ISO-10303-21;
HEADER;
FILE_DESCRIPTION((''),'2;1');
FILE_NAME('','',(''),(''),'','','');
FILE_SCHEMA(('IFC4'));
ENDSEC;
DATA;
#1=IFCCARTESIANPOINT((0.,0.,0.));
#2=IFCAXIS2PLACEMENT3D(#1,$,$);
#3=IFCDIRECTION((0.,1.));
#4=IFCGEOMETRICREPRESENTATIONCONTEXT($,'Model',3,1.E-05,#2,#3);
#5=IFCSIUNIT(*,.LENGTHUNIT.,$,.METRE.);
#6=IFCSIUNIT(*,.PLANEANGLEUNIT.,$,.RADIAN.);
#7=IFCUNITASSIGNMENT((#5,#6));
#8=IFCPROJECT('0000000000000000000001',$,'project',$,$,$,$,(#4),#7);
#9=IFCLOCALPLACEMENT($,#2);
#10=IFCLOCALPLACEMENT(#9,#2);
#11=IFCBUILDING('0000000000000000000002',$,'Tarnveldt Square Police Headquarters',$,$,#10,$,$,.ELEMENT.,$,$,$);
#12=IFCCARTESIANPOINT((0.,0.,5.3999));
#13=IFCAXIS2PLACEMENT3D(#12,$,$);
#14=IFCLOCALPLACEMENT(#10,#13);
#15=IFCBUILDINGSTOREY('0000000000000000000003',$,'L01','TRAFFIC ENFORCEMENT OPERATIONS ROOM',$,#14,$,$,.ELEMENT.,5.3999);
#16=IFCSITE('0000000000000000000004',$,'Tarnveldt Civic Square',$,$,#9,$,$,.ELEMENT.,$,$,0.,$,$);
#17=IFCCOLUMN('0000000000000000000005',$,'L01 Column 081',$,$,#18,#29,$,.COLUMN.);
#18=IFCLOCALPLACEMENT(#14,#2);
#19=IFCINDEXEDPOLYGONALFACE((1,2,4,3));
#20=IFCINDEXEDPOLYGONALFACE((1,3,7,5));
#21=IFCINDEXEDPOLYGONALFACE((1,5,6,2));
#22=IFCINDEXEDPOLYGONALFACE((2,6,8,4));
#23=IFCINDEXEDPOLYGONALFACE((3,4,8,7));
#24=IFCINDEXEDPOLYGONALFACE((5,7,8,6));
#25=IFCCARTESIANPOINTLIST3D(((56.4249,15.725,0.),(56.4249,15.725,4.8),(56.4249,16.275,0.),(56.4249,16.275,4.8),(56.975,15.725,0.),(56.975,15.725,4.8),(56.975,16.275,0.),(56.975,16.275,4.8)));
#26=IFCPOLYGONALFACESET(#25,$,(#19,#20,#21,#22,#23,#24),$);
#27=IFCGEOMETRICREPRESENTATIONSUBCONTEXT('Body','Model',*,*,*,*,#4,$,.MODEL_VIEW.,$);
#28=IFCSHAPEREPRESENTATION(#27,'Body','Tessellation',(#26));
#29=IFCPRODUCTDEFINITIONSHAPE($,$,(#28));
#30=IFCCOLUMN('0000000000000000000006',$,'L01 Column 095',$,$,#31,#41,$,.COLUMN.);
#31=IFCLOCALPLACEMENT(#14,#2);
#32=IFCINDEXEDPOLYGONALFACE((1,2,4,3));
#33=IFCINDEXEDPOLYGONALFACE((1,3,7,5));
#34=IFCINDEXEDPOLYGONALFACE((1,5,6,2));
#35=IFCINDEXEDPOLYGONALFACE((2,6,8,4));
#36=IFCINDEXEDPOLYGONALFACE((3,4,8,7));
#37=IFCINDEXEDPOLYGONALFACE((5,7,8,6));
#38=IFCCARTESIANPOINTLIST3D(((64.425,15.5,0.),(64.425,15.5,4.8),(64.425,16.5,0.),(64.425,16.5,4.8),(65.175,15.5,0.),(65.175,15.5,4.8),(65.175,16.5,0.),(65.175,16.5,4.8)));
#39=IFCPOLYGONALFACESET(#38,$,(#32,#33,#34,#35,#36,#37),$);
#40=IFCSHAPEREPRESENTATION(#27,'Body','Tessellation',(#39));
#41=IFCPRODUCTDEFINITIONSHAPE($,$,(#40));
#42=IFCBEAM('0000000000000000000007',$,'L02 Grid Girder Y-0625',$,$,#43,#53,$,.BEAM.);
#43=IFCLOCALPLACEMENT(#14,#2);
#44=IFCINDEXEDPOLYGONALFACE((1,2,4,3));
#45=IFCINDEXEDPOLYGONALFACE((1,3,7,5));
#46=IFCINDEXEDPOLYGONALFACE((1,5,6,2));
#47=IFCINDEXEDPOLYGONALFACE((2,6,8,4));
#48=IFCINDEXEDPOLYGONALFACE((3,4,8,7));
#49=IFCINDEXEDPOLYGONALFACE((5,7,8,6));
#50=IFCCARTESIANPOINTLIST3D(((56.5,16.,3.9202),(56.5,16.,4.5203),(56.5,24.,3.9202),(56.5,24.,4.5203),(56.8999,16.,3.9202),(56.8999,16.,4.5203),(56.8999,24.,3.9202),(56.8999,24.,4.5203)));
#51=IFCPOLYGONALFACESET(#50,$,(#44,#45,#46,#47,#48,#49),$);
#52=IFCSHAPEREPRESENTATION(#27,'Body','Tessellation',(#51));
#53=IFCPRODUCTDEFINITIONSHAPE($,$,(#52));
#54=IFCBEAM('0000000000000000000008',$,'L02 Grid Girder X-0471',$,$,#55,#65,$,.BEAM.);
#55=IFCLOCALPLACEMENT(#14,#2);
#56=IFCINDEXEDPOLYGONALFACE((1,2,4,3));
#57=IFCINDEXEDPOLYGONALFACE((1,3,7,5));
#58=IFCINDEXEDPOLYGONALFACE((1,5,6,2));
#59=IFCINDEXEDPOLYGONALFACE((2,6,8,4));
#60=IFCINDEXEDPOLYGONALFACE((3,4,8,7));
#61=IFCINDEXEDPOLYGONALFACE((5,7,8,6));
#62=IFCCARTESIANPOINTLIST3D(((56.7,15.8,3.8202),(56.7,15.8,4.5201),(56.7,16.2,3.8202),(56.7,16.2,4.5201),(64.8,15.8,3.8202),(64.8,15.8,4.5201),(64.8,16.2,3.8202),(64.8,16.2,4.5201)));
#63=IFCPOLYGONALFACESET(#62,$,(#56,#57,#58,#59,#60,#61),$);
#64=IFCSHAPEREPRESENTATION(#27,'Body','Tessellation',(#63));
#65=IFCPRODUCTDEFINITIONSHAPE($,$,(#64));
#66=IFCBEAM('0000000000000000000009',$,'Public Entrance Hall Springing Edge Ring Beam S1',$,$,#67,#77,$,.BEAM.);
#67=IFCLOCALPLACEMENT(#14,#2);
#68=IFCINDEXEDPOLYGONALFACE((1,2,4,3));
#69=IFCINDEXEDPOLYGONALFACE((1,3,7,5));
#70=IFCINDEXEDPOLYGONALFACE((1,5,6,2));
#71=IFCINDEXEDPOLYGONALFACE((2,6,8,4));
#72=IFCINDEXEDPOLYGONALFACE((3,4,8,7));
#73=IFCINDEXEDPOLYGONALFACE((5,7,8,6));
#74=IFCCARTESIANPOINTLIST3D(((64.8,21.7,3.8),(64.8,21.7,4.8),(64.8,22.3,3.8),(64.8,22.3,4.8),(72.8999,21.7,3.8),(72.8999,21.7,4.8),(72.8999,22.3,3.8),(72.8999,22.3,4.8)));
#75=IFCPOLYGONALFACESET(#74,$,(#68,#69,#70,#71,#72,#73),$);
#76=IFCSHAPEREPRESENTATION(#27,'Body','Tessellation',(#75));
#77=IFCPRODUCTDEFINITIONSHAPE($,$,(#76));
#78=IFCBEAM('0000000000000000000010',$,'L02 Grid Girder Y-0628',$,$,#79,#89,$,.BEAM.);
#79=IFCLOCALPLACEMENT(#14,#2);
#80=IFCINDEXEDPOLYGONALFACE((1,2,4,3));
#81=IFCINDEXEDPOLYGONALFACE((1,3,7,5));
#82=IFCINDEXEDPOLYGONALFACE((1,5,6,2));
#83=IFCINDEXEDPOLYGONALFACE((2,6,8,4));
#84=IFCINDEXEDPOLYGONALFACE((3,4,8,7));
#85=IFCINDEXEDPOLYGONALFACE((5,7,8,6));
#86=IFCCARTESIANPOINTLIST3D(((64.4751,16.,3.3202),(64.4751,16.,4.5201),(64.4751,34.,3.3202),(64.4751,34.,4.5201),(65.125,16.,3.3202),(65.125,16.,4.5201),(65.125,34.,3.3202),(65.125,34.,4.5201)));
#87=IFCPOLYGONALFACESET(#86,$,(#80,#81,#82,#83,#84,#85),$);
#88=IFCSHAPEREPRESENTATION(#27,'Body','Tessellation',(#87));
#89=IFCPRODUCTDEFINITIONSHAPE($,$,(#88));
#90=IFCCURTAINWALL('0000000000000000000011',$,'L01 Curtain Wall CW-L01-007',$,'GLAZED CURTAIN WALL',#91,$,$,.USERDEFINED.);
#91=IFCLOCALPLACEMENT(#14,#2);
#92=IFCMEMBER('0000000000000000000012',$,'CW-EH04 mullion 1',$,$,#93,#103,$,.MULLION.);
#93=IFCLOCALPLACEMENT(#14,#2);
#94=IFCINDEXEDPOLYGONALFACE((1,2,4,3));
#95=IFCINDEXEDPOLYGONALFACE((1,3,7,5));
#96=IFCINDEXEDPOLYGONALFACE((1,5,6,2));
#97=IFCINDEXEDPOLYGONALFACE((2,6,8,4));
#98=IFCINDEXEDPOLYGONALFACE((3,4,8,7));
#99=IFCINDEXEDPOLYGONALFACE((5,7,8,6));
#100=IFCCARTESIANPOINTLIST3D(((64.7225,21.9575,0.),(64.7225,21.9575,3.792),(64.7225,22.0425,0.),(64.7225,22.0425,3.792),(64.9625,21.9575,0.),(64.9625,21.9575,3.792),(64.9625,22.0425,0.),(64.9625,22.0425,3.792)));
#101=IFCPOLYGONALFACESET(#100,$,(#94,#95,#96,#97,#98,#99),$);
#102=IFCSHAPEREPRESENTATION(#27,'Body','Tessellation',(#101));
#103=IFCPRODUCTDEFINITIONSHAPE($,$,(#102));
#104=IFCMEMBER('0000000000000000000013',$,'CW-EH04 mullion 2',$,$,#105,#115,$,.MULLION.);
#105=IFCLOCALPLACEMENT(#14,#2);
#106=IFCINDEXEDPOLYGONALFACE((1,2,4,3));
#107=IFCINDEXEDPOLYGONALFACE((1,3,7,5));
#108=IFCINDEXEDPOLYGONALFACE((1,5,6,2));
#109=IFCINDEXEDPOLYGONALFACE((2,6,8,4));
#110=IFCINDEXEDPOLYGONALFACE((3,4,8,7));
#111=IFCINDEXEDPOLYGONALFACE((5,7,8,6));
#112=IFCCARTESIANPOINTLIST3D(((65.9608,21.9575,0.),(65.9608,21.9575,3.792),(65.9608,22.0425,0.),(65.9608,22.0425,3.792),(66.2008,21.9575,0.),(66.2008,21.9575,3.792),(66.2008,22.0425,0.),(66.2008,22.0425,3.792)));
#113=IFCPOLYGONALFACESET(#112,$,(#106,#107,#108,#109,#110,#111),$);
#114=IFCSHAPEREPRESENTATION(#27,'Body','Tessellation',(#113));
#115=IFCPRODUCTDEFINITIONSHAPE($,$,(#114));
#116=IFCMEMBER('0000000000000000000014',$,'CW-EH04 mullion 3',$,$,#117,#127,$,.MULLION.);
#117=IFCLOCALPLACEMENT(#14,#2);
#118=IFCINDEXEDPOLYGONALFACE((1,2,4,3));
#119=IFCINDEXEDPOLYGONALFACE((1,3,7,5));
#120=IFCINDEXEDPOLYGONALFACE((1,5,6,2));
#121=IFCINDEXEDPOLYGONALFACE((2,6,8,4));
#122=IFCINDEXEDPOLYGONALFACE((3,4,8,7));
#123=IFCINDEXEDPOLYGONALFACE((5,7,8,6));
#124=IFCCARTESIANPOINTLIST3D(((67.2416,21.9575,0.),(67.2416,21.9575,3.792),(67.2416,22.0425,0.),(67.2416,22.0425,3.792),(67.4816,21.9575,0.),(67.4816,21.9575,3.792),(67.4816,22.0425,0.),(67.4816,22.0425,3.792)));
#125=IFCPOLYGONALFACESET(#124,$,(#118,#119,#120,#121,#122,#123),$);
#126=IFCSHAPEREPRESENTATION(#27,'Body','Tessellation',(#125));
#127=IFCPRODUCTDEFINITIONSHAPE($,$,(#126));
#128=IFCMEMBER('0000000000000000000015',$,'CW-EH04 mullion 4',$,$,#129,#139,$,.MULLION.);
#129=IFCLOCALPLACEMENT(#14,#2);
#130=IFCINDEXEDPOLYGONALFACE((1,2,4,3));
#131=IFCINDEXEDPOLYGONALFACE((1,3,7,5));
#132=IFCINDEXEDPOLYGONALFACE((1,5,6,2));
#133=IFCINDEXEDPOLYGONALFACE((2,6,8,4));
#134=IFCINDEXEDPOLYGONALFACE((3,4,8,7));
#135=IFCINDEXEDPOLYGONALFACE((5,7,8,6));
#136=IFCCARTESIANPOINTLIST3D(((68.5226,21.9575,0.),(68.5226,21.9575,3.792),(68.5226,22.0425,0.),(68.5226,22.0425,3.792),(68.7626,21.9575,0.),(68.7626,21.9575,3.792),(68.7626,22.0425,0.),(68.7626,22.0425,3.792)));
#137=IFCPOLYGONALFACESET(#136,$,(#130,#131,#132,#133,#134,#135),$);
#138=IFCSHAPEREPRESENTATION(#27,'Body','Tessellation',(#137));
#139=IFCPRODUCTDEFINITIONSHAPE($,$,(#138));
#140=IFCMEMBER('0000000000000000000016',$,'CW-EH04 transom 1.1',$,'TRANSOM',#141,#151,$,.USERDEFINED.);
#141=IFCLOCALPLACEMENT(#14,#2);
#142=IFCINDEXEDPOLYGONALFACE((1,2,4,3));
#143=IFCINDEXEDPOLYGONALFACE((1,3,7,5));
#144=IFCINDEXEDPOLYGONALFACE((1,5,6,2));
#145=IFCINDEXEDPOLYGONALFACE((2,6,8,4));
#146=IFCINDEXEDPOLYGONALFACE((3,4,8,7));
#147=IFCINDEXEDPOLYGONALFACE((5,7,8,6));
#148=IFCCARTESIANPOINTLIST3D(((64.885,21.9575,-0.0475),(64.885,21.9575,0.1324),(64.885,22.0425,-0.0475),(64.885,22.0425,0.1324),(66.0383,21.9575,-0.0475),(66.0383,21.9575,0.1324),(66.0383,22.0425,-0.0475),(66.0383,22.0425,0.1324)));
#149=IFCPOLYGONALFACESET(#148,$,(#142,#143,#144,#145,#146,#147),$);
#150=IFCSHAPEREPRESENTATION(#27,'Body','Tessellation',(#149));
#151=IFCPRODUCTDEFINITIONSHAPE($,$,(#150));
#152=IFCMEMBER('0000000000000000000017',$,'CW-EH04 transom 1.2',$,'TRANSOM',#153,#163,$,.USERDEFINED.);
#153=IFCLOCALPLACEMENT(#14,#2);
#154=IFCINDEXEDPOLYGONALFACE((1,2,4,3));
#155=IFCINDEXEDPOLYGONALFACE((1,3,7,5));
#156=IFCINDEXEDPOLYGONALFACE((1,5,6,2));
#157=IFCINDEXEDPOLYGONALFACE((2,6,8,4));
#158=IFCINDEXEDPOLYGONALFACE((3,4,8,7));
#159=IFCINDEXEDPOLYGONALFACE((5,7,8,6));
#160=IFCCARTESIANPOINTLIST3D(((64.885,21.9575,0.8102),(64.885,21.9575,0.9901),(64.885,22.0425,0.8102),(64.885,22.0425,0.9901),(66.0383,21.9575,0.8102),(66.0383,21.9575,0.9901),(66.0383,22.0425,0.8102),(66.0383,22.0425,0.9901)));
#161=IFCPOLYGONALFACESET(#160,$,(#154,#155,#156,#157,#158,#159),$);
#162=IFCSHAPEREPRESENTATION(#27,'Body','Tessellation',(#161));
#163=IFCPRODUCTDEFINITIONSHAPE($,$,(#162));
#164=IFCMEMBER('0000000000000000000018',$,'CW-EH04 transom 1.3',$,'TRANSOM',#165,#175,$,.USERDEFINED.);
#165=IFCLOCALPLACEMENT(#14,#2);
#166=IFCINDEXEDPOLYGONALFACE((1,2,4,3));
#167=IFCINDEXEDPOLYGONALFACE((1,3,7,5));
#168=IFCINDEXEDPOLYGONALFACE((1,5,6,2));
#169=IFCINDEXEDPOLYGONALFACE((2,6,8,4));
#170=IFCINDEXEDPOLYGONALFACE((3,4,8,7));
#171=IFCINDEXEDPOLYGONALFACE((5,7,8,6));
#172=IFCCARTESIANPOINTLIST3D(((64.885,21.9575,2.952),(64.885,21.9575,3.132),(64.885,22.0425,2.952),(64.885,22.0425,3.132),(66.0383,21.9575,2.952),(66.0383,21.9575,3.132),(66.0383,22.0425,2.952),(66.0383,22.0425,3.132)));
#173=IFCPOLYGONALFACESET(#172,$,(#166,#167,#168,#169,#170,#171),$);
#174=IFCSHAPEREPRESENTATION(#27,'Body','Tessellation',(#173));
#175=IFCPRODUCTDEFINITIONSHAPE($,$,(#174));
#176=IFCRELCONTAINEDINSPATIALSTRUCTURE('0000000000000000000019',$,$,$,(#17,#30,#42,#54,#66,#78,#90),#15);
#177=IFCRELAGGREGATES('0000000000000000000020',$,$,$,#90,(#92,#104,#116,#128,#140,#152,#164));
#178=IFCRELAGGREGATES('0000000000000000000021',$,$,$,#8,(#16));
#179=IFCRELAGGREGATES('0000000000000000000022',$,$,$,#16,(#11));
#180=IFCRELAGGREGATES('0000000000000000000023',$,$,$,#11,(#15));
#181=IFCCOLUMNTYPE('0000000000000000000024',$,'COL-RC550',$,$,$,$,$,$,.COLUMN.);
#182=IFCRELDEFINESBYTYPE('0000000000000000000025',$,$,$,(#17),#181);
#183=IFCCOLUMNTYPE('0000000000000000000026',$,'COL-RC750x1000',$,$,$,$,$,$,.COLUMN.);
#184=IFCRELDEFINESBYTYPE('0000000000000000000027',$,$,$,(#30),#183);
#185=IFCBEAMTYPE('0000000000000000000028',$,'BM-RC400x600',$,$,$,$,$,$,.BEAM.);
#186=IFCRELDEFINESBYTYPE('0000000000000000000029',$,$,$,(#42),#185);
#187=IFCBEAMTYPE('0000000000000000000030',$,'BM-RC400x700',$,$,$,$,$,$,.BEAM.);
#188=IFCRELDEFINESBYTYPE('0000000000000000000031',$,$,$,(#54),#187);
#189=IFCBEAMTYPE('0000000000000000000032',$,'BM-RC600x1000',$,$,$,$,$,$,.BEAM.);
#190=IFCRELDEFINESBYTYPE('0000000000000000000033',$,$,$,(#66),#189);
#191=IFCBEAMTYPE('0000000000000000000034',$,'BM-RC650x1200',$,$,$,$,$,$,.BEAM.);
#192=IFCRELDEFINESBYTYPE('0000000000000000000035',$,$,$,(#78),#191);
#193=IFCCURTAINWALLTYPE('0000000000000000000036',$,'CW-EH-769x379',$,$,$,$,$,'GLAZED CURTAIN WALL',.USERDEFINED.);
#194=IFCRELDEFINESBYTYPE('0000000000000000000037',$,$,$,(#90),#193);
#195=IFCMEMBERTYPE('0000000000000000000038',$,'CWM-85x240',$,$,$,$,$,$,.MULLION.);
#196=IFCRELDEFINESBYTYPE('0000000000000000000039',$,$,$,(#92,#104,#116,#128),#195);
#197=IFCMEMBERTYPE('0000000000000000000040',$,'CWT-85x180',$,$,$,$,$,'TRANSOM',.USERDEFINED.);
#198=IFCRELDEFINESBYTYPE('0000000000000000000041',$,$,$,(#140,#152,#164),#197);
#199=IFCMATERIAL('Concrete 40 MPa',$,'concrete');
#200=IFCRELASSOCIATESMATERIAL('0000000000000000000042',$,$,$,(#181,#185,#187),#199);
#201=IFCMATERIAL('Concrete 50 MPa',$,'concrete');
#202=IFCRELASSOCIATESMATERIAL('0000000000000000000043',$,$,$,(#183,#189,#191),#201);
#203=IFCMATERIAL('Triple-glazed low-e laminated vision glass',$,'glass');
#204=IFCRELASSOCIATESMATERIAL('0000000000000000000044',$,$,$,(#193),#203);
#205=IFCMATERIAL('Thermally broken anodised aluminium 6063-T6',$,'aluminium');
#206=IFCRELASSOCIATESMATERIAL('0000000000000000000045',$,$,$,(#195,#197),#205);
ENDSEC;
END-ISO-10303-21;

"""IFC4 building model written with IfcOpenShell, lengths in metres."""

from ifc_helpers import new_model, si_unit, direction, frame, origin, origin_2d, place, context, subcontext, project, spatial, rectangle, extrude, material, material_profile, profile_set, type_object, element, aggregate, save


model = new_model("IFC4")

# Units and contexts
model_context = context("Model", 3, precision=1e-05, world=origin(), true_north=direction((0.0, 1.0)))
body_context = subcontext(model_context, "Body", "Model", "MODEL_VIEW")
ifc_project = project(units=[si_unit("LENGTHUNIT", "METRE"), si_unit("PLANEANGLEUNIT", "RADIAN")], contexts=[model_context])

# Site, building, storey
site_placement = place(None, origin())
site = spatial("IfcSite", under=ifc_project, at=site_placement, Name="Tarnveldt Civic Square", CompositionType="ELEMENT", RefElevation=0.0)
building_placement = place(site_placement, origin())
building = spatial("IfcBuilding", under=site, at=building_placement, Name="Tarnveldt Square Police Headquarters", CompositionType="ELEMENT")
storey_placement = place(building_placement, frame((0.0, 0.0, 5.3999)))
storey = spatial("IfcBuildingStorey", under=building, at=storey_placement, Name="L01", Description="TRAFFIC ENFORCEMENT OPERATIONS ROOM", CompositionType="ELEMENT", Elevation=5.3999)

# Columns
ifc_material_1 = material(Name="Concrete 40 MPa", Category="concrete")
ifc_material_profile_1 = material_profile(ifc_material_1, rectangle(XDim=0.55, YDim=0.55, at=origin_2d()), Name="RC-C550x550")
ifc_profile_set_1 = profile_set([ifc_material_profile_1], Name="Concrete 40 MPa")
column_type_1 = type_object("IfcColumnType", Name="COL-RC550", PredefinedType="COLUMN", material=ifc_profile_set_1)
column_1_placement = place(storey_placement, frame((56.7, 16.0, 0.0), z_axis=(0.0, 0.0, 1.0), x_axis=(1.0, 0.0, 0.0)))
element("IfcColumn", 1, at=column_1_placement, inside=storey, type_object=column_type_1, Name="L01 Column 081", PredefinedType="COLUMN", context=body_context, shape_type="SweptSolid", body=[
    extrude(rectangle(XDim=0.55, YDim=0.55, at=origin_2d()), origin(), (0.0, 0.0, 1.0), 4.8),
])
ifc_material_2 = material(Name="Concrete 50 MPa", Category="concrete")
ifc_material_profile_2 = material_profile(ifc_material_2, rectangle(XDim=0.75, YDim=1.0, at=origin_2d()), Name="RC-C750x1000")
ifc_profile_set_2 = profile_set([ifc_material_profile_2], Name="Concrete 50 MPa")
column_type_2 = type_object("IfcColumnType", Name="COL-RC750x1000", PredefinedType="COLUMN", material=ifc_profile_set_2)
column_2_placement = place(storey_placement, frame((64.8, 16.0, 0.0), z_axis=(0.0, 0.0, 1.0), x_axis=(1.0, 0.0, 0.0)))
element("IfcColumn", 2, at=column_2_placement, inside=storey, type_object=column_type_2, Name="L01 Column 095", PredefinedType="COLUMN", context=body_context, shape_type="SweptSolid", body=[
    extrude(rectangle(XDim=0.75, YDim=1.0, at=origin_2d()), origin(), (0.0, 0.0, 1.0), 4.8),
])

# Beams
ifc_material_profile_3 = material_profile(ifc_material_1, rectangle(XDim=0.3999, YDim=0.6001, at=origin_2d()), Name="RC-B400x600")
ifc_profile_set_3 = profile_set([ifc_material_profile_3], Name="Concrete 40 MPa")
beam_type_1 = type_object("IfcBeamType", Name="BM-RC400x600", PredefinedType="BEAM", material=ifc_profile_set_3)
beam_1_placement = place(storey_placement, frame((56.7, 16.0, 4.2202), z_axis=(0.0, 1.0, 0.0), x_axis=(-1.0, 0.0, 0.0)))
element("IfcBeam", 3, at=beam_1_placement, inside=storey, type_object=beam_type_1, Name="L02 Grid Girder Y-0625", PredefinedType="BEAM", context=body_context, shape_type="SweptSolid", body=[
    extrude(rectangle(XDim=0.3999, YDim=0.6001, at=origin_2d()), origin(), (0.0, 0.0, 1.0), 8.0),
])
ifc_material_profile_4 = material_profile(ifc_material_1, rectangle(XDim=0.3999, YDim=0.7, at=origin_2d()), Name="RC-B400x700")
ifc_profile_set_4 = profile_set([ifc_material_profile_4], Name="Concrete 40 MPa")
beam_type_2 = type_object("IfcBeamType", Name="BM-RC400x700", PredefinedType="BEAM", material=ifc_profile_set_4)
beam_2_placement = place(storey_placement, frame((56.7, 16.0, 4.1702), z_axis=(1.0, 0.0, 0.0), x_axis=(0.0, 1.0, 0.0)))
element("IfcBeam", 4, at=beam_2_placement, inside=storey, type_object=beam_type_2, Name="L02 Grid Girder X-0471", PredefinedType="BEAM", context=body_context, shape_type="SweptSolid", body=[
    extrude(rectangle(XDim=0.3999, YDim=0.7, at=origin_2d()), origin(), (0.0, 0.0, 1.0), 8.1001),
])
ifc_material_profile_5 = material_profile(ifc_material_2, rectangle(XDim=0.6001, YDim=1.0, at=origin_2d()), Name="RC-B600x1000")
ifc_profile_set_5 = profile_set([ifc_material_profile_5], Name="Concrete 50 MPa")
beam_type_3 = type_object("IfcBeamType", Name="BM-RC600x1000", PredefinedType="BEAM", material=ifc_profile_set_5)
beam_3_placement = place(storey_placement, frame((64.8, 22.0, 4.3), z_axis=(1.0, 0.0, 0.0), x_axis=(0.0, 1.0, 0.0)))
element("IfcBeam", 5, at=beam_3_placement, inside=storey, type_object=beam_type_3, Name="Public Entrance Hall Springing Edge Ring Beam S1", PredefinedType="BEAM", context=body_context, shape_type="SweptSolid", body=[
    extrude(rectangle(XDim=0.6001, YDim=1.0, at=origin_2d()), origin(), (0.0, 0.0, 1.0), 8.0999),
])
ifc_material_profile_6 = material_profile(ifc_material_2, rectangle(XDim=0.6499, YDim=1.2, at=origin_2d()), Name="RC-B650x1200")
ifc_profile_set_6 = profile_set([ifc_material_profile_6], Name="Concrete 50 MPa")
beam_type_4 = type_object("IfcBeamType", Name="BM-RC650x1200", PredefinedType="BEAM", material=ifc_profile_set_6)
beam_4_placement = place(storey_placement, frame((64.8, 16.0, 3.9202), z_axis=(0.0, 1.0, 0.0), x_axis=(-1.0, 0.0, 0.0)))
element("IfcBeam", 6, at=beam_4_placement, inside=storey, type_object=beam_type_4, Name="L02 Grid Girder Y-0628", PredefinedType="BEAM", context=body_context, shape_type="SweptSolid", body=[
    extrude(rectangle(XDim=0.6499, YDim=1.2, at=origin_2d()), origin(), (0.0, 0.0, 1.0), 18.0),
])

# Curtain wall, members
ifc_material_3 = material(Name="Triple-glazed low-e laminated vision glass", Category="glass")
curtain_wall_type = type_object("IfcCurtainWallType", Name="CW-EH-769x379", ElementType="GLAZED CURTAIN WALL", PredefinedType="USERDEFINED", material=ifc_material_3)
curtain_wall_placement = place(storey_placement, origin())
curtain_wall = element("IfcCurtainWall", 7, at=curtain_wall_placement, inside=storey, type_object=curtain_wall_type, Name="L01 Curtain Wall CW-L01-007", ObjectType="GLAZED CURTAIN WALL", PredefinedType="USERDEFINED")
ifc_material_4 = material(Name="Thermally broken anodised aluminium 6063-T6", Category="aluminium")
ifc_material_profile_7 = material_profile(ifc_material_4, rectangle(XDim=0.085, YDim=0.24, at=origin_2d()), Name="CW-M85x240")
ifc_profile_set_7 = profile_set([ifc_material_profile_7], Name="Thermally broken anodised aluminium 6063-T6")
member_type_1 = type_object("IfcMemberType", Name="CWM-85x240", PredefinedType="MULLION", material=ifc_profile_set_7)
member_1_placement = place(storey_placement, frame((64.8425, 22.0, 0.0), z_axis=(0.0, 0.0, 1.0), x_axis=(0.0, 1.0, 0.0)))
member_1 = element("IfcMember", 8, at=member_1_placement, type_object=member_type_1, Name="CW-EH04 mullion 1", PredefinedType="MULLION", context=body_context, shape_type="SweptSolid", body=[
    extrude(rectangle(XDim=0.085, YDim=0.24, at=origin_2d()), origin(), (0.0, 0.0, 1.0), 3.792),
])
member_2_placement = place(storey_placement, frame((66.0808, 22.0, 0.0), z_axis=(0.0, 0.0, 1.0), x_axis=(0.0, 1.0, 0.0)))
member_2 = element("IfcMember", 9, at=member_2_placement, type_object=member_type_1, Name="CW-EH04 mullion 2", PredefinedType="MULLION", context=body_context, shape_type="SweptSolid", body=[
    extrude(rectangle(XDim=0.085, YDim=0.24, at=origin_2d()), origin(), (0.0, 0.0, 1.0), 3.792),
])
member_3_placement = place(storey_placement, frame((67.3616, 22.0, 0.0), z_axis=(0.0, 0.0, 1.0), x_axis=(0.0, 1.0, 0.0)))
member_3 = element("IfcMember", 10, at=member_3_placement, type_object=member_type_1, Name="CW-EH04 mullion 3", PredefinedType="MULLION", context=body_context, shape_type="SweptSolid", body=[
    extrude(rectangle(XDim=0.085, YDim=0.24, at=origin_2d()), origin(), (0.0, 0.0, 1.0), 3.792),
])
member_4_placement = place(storey_placement, frame((68.6426, 22.0, 0.0), z_axis=(0.0, 0.0, 1.0), x_axis=(0.0, 1.0, 0.0)))
member_4 = element("IfcMember", 11, at=member_4_placement, type_object=member_type_1, Name="CW-EH04 mullion 4", PredefinedType="MULLION", context=body_context, shape_type="SweptSolid", body=[
    extrude(rectangle(XDim=0.085, YDim=0.24, at=origin_2d()), origin(), (0.0, 0.0, 1.0), 3.792),
])
ifc_material_profile_8 = material_profile(ifc_material_4, rectangle(XDim=0.085, YDim=0.1799, at=origin_2d()), Name="CW-T85x180")
ifc_profile_set_8 = profile_set([ifc_material_profile_8], Name="Thermally broken anodised aluminium 6063-T6")
member_type_2 = type_object("IfcMemberType", Name="CWT-85x180", ElementType="TRANSOM", PredefinedType="USERDEFINED", material=ifc_profile_set_8)
member_5_placement = place(storey_placement, frame((64.885, 22.0, 0.0425), z_axis=(1.0, 0.0, 0.0), x_axis=(0.0, 1.0, 0.0)))
member_5 = element("IfcMember", 12, at=member_5_placement, type_object=member_type_2, Name="CW-EH04 transom 1.1", ObjectType="TRANSOM", PredefinedType="USERDEFINED", context=body_context, shape_type="SweptSolid", body=[
    extrude(rectangle(XDim=0.085, YDim=0.1799, at=origin_2d()), origin(), (0.0, 0.0, 1.0), 1.1533),
])
member_6_placement = place(storey_placement, frame((64.885, 22.0, 0.9001), z_axis=(1.0, 0.0, 0.0), x_axis=(0.0, 1.0, 0.0)))
member_6 = element("IfcMember", 13, at=member_6_placement, type_object=member_type_2, Name="CW-EH04 transom 1.2", ObjectType="TRANSOM", PredefinedType="USERDEFINED", context=body_context, shape_type="SweptSolid", body=[
    extrude(rectangle(XDim=0.085, YDim=0.1799, at=origin_2d()), origin(), (0.0, 0.0, 1.0), 1.1533),
])
member_7_placement = place(storey_placement, frame((64.885, 22.0, 3.042), z_axis=(1.0, 0.0, 0.0), x_axis=(0.0, 1.0, 0.0)))
member_7 = element("IfcMember", 14, at=member_7_placement, type_object=member_type_2, Name="CW-EH04 transom 1.3", ObjectType="TRANSOM", PredefinedType="USERDEFINED", context=body_context, shape_type="SweptSolid", body=[
    extrude(rectangle(XDim=0.085, YDim=0.1799, at=origin_2d()), origin(), (0.0, 0.0, 1.0), 1.1533),
])
aggregate(curtain_wall, [member_1, member_2, member_3, member_4, member_5, member_6, member_7])

save(model, "model.ifc")
